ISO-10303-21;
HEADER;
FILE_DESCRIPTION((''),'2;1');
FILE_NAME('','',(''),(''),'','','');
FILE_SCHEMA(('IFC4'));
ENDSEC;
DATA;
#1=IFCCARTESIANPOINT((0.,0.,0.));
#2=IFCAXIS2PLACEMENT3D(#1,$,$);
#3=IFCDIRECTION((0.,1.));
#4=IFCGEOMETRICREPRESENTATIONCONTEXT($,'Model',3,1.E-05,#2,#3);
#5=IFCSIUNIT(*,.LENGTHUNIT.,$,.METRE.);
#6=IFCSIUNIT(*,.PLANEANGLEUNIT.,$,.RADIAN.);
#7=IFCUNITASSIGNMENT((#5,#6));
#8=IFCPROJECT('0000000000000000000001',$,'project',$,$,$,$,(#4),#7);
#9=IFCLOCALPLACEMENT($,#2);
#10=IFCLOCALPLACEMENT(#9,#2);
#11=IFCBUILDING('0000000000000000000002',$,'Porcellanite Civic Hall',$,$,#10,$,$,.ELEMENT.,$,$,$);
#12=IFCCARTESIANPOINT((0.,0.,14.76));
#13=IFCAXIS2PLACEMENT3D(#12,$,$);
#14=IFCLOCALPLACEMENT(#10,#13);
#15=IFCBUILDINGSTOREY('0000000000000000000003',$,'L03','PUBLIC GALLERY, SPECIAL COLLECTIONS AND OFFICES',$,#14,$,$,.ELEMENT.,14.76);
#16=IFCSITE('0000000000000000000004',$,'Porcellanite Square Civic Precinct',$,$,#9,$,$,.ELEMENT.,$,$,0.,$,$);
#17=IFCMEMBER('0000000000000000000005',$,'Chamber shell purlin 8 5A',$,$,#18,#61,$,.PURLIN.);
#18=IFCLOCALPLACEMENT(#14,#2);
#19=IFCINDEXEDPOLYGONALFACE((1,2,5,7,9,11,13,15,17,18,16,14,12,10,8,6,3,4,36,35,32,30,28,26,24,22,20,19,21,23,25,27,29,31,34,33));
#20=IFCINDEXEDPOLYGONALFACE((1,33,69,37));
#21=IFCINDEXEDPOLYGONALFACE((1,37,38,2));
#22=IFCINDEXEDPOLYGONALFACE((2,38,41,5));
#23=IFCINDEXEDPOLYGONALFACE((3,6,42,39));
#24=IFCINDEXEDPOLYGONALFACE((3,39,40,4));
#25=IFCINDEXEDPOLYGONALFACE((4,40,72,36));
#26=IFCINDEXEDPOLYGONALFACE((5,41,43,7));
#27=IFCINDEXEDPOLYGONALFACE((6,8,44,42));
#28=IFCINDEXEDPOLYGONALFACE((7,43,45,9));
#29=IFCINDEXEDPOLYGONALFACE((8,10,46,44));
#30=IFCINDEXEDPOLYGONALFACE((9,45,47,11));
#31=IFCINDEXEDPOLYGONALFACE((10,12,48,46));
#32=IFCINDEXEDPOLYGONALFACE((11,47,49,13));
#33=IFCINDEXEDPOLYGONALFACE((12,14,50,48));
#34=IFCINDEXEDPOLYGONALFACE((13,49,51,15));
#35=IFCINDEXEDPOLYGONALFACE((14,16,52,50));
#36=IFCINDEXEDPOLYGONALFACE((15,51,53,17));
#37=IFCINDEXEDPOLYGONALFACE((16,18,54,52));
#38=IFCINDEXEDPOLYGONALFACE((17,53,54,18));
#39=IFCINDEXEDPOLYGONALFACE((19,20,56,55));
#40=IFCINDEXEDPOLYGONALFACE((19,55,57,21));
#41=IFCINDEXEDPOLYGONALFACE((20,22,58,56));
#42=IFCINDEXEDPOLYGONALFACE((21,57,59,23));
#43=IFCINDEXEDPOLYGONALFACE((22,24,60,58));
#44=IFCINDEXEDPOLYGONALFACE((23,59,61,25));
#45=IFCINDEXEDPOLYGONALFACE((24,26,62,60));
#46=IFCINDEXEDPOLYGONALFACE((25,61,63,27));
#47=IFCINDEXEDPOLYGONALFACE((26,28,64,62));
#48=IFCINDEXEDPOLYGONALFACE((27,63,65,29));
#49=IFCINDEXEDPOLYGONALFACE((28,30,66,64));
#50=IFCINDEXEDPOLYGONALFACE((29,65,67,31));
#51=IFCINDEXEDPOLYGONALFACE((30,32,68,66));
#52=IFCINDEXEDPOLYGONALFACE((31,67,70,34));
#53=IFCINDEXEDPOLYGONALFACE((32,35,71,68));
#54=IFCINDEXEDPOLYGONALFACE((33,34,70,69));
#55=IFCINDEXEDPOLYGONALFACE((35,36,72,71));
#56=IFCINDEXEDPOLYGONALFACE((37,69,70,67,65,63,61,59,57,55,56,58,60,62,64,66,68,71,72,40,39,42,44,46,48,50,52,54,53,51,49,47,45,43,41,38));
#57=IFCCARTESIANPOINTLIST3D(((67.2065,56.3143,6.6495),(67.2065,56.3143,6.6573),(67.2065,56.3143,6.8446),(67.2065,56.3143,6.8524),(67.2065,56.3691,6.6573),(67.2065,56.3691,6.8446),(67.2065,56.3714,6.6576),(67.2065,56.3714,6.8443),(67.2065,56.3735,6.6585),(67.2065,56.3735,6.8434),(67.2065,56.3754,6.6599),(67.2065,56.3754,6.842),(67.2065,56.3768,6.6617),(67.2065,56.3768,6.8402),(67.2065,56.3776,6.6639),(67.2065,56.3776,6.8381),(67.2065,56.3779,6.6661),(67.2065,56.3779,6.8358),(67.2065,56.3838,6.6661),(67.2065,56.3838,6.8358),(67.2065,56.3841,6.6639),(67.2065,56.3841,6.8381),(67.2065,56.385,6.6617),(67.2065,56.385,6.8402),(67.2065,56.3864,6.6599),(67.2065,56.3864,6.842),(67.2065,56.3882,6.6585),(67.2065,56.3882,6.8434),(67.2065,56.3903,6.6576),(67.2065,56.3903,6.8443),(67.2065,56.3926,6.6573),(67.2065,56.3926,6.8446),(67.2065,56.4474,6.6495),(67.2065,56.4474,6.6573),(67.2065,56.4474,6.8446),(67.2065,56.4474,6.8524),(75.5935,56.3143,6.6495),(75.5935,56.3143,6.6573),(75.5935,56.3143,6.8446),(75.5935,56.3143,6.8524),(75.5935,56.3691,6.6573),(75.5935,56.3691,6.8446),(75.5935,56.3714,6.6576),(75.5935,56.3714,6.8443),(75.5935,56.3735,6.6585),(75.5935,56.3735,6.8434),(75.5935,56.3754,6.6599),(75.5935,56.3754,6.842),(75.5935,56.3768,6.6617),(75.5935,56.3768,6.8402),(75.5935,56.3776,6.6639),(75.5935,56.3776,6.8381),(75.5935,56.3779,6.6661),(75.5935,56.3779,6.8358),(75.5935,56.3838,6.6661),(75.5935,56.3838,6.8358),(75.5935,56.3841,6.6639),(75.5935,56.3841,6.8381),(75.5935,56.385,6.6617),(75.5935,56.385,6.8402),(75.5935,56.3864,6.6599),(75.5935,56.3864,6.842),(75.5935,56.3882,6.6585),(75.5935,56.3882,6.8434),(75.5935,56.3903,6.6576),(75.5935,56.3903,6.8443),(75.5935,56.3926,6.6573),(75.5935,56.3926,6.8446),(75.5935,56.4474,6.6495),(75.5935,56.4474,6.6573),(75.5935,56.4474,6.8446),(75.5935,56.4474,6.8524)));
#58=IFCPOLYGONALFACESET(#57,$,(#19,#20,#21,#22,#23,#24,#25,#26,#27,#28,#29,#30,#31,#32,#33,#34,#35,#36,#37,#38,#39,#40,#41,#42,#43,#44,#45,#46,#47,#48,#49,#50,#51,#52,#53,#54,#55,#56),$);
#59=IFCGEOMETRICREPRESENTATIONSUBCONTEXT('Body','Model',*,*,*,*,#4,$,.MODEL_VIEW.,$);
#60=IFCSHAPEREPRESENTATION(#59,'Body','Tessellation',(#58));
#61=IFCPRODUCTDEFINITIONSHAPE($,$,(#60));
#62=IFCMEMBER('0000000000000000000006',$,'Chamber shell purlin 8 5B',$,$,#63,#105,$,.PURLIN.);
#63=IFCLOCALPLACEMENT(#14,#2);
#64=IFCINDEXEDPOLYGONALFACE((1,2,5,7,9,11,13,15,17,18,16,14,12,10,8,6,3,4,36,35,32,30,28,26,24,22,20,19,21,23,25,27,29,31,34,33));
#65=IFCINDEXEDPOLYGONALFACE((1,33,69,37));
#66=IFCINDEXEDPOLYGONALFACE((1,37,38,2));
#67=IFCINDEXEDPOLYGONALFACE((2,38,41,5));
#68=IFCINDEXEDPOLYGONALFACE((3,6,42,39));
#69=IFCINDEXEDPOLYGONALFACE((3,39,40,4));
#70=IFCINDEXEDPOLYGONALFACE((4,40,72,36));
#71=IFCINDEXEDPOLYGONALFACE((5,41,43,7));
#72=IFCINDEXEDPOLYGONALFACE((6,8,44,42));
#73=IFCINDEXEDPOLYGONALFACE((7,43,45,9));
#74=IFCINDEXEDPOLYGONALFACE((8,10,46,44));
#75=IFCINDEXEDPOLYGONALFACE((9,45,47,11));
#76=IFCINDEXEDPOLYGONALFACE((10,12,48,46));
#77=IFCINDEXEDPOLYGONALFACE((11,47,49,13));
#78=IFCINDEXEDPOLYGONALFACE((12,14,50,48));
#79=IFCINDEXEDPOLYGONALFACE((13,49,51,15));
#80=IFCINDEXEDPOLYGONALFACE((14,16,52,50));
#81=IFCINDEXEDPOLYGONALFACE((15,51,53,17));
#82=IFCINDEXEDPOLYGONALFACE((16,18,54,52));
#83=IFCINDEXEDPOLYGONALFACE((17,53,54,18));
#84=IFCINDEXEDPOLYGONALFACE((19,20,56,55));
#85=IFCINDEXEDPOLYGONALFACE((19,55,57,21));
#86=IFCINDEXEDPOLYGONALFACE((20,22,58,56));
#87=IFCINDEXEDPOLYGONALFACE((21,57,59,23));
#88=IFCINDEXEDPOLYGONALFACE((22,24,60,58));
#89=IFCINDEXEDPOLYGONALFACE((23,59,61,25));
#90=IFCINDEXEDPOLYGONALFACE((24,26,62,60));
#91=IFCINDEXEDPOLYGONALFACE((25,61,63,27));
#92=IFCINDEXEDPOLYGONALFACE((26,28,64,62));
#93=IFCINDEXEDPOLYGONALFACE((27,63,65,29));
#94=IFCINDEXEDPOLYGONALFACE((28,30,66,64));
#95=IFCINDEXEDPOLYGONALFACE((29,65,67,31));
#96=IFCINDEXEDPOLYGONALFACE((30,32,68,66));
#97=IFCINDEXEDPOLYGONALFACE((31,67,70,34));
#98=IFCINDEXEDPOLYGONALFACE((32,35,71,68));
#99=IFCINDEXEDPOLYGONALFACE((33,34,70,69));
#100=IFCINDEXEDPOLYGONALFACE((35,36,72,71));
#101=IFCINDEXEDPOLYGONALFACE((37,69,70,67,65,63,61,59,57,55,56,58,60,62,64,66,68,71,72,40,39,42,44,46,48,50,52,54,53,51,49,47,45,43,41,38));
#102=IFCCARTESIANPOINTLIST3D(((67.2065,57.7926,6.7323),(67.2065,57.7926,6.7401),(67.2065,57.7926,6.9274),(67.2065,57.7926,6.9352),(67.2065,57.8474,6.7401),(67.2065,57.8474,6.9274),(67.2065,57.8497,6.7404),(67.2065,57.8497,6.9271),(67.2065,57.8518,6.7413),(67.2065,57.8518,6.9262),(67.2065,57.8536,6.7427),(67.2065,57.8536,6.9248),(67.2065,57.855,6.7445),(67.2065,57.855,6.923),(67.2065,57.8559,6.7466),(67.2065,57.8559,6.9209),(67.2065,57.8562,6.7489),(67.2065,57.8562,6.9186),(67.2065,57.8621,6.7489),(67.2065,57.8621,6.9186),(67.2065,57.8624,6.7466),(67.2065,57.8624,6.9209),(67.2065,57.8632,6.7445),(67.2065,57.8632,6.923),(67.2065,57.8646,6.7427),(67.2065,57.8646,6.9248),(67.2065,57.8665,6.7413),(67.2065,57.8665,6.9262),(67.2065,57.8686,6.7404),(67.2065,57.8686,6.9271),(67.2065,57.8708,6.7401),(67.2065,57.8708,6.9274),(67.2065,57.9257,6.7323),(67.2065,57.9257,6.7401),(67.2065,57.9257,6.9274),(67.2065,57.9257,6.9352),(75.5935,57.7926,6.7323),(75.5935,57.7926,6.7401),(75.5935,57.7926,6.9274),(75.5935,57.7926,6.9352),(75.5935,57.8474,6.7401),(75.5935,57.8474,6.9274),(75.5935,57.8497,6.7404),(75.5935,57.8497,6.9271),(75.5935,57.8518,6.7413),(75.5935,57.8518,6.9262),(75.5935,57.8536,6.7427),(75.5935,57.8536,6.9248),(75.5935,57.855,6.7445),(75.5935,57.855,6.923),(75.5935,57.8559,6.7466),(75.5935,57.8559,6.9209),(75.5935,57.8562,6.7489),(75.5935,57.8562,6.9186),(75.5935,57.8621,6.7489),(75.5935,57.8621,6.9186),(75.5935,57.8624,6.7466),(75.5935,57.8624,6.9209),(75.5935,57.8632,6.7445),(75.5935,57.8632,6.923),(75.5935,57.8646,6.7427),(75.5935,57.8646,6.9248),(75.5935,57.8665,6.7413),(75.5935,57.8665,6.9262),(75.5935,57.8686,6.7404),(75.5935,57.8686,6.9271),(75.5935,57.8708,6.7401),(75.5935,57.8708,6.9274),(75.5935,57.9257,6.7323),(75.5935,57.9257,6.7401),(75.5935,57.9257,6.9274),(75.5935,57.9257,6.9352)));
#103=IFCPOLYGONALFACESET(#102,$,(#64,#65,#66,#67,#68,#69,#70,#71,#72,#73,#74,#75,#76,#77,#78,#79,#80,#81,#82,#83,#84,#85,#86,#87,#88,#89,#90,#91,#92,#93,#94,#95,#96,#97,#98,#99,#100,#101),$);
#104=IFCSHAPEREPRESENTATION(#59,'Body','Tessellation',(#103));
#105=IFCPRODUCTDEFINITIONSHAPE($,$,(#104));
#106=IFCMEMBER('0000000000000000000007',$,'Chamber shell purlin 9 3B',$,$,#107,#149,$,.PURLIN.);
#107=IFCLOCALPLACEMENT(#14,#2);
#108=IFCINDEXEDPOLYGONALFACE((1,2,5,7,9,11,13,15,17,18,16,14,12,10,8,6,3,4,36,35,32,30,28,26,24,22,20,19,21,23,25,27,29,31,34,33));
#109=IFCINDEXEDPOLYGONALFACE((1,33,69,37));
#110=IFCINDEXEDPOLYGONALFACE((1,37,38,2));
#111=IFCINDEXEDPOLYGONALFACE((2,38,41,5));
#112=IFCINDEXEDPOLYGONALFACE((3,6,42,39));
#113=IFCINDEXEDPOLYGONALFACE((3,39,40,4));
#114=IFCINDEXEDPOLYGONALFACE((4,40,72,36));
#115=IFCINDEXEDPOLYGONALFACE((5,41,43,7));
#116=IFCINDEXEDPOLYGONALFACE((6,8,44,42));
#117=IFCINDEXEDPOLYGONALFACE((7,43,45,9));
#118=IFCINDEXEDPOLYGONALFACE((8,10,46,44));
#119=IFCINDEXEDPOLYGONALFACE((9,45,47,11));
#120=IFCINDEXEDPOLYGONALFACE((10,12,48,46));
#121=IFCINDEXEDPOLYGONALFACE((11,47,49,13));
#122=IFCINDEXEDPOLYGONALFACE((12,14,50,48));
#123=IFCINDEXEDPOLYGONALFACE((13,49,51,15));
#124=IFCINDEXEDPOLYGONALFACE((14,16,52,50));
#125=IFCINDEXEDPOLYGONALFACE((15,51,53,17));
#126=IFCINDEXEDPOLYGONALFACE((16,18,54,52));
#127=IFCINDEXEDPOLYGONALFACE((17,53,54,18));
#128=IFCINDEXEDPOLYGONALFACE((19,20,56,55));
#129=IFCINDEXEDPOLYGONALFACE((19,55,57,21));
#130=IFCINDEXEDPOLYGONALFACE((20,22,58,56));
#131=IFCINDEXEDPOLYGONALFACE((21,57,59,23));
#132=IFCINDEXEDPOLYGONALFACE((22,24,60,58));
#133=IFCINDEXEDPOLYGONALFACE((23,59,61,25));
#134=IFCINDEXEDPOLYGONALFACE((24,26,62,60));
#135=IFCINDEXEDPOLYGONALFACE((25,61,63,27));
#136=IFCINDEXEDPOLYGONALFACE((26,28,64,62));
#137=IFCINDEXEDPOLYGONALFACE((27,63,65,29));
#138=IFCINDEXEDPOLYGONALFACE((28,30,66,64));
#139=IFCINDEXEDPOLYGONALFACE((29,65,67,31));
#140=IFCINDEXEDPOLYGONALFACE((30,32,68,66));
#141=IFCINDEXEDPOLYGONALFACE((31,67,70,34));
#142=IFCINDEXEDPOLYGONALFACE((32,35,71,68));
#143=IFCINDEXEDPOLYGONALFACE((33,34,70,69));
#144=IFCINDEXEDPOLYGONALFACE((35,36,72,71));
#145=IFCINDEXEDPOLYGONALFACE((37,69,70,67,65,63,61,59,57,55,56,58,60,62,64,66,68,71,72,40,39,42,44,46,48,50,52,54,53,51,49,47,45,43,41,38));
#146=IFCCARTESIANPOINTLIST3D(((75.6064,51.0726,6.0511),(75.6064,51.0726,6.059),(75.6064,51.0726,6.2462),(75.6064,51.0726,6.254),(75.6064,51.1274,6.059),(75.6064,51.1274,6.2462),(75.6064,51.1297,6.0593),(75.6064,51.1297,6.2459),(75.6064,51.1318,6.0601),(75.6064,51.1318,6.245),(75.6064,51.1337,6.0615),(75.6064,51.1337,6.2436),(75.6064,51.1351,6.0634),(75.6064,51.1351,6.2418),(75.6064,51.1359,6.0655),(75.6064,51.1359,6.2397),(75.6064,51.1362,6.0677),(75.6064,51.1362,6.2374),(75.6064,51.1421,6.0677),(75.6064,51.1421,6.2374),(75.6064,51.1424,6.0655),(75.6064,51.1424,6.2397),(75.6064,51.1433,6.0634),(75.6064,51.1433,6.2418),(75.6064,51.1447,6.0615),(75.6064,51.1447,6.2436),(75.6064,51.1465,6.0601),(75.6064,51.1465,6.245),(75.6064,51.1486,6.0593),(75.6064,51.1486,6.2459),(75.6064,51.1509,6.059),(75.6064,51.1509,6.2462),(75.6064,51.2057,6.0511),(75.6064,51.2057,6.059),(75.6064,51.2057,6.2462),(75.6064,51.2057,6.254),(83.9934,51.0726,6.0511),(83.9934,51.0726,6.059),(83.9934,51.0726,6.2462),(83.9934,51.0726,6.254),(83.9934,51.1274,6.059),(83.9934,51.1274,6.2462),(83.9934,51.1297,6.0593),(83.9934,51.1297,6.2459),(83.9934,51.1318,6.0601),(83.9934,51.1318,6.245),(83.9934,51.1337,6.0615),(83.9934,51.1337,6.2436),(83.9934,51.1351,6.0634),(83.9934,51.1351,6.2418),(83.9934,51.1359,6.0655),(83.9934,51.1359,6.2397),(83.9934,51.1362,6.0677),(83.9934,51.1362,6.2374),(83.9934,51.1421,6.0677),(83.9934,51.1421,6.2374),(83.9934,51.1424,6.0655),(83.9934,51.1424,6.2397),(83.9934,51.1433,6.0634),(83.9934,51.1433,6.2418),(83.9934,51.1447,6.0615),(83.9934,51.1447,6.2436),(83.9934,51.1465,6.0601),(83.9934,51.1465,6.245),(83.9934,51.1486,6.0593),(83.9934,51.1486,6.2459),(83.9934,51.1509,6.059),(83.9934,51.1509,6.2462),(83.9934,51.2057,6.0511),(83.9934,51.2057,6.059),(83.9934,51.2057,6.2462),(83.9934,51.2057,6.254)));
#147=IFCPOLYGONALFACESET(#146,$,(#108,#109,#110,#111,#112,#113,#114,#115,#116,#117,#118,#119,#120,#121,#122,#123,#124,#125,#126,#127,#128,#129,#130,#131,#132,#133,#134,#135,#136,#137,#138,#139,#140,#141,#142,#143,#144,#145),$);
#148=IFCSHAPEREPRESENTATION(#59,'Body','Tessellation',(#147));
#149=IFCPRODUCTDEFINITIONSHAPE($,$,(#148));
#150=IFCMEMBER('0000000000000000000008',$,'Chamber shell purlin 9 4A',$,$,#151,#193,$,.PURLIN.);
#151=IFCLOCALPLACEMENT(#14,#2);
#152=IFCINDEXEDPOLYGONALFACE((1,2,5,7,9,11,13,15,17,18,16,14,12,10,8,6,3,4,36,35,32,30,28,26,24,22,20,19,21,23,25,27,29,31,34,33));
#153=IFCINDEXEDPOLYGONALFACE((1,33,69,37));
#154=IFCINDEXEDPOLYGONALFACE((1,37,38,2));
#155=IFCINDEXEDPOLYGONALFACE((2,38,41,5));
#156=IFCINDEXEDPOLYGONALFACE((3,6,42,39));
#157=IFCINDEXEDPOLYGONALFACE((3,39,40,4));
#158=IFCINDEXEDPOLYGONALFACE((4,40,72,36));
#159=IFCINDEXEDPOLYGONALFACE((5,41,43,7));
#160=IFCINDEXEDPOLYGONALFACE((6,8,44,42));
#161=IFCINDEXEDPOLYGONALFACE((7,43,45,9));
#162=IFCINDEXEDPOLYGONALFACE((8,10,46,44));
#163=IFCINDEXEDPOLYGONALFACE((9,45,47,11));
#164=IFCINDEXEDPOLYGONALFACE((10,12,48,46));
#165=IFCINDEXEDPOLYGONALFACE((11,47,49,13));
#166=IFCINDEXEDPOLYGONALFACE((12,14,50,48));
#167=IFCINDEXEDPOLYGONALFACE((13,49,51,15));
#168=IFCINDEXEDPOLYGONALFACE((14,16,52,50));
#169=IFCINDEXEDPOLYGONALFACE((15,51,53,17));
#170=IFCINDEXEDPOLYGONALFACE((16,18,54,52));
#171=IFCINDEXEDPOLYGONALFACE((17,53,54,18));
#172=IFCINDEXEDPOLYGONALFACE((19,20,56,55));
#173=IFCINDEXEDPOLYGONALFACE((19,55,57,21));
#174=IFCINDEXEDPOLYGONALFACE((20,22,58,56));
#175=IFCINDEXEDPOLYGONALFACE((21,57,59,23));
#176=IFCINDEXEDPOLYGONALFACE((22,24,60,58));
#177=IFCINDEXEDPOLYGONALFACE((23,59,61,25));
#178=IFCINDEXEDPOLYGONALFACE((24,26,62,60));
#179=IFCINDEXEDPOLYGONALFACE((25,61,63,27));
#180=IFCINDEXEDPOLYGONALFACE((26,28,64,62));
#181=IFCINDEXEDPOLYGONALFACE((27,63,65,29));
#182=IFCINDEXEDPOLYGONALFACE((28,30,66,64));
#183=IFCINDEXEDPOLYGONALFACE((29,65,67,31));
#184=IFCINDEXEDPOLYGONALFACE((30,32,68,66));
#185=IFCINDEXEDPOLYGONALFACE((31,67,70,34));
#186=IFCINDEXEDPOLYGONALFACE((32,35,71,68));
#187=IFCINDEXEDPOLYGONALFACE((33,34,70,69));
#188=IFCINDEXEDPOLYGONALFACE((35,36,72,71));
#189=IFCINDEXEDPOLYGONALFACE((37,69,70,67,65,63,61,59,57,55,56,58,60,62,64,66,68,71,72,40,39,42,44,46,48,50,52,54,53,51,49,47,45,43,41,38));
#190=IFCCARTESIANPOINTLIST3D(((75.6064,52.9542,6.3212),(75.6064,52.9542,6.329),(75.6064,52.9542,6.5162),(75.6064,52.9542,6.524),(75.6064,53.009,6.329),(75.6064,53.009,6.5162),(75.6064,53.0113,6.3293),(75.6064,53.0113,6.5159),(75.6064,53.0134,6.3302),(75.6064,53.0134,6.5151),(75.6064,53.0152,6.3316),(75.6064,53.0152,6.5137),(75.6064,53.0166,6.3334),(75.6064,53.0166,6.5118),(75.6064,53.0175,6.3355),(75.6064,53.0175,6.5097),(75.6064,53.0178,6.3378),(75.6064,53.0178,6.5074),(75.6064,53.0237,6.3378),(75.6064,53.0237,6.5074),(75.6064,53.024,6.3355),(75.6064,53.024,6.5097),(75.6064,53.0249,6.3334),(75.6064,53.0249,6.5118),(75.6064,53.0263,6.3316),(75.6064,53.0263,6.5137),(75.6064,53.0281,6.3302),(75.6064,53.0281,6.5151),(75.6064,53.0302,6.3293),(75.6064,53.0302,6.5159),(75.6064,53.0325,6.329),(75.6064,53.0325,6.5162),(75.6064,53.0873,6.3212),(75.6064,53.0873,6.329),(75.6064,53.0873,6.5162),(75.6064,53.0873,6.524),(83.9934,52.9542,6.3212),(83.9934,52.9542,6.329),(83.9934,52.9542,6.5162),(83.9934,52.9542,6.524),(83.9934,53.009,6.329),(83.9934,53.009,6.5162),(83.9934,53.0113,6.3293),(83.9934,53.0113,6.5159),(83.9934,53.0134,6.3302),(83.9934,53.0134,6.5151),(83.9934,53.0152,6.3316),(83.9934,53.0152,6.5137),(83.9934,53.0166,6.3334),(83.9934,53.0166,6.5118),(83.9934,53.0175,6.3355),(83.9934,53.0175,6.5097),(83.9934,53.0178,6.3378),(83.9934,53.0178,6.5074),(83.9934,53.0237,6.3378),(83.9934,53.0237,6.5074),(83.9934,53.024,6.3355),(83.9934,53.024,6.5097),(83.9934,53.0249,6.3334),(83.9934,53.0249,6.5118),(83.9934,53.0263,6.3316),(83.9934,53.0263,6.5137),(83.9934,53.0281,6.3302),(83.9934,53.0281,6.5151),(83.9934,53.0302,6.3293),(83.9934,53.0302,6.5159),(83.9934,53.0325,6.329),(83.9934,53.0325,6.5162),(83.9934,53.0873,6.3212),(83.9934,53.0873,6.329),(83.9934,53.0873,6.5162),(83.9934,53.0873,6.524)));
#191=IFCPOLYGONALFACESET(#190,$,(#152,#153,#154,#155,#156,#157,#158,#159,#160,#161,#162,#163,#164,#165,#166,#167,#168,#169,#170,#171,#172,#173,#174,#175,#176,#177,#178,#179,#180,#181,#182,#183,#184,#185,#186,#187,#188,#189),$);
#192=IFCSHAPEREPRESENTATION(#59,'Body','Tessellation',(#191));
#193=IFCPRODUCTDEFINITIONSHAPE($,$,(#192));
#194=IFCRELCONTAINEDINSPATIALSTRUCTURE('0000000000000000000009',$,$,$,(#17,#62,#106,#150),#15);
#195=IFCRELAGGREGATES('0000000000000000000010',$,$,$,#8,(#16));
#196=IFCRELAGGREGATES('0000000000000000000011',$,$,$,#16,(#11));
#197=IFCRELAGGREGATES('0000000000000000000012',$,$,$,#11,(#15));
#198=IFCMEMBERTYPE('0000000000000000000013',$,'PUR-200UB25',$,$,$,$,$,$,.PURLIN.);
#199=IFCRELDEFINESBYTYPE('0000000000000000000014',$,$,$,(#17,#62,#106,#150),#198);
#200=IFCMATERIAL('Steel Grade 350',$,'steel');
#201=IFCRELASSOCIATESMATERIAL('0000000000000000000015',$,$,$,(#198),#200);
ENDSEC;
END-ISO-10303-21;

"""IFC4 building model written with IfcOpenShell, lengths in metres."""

from ifc_helpers import new_model, si_unit, direction, frame, origin, origin_2d, place, context, subcontext, project, spatial, i_section, extrude, material, material_profile, profile_set, type_object, element, save


model = new_model("IFC4")

# Units and contexts
model_context = context("Model", 3, precision=1e-05, world=origin(), true_north=direction((0.0, 1.0)))
body_context = subcontext(model_context, "Body", "Model", "MODEL_VIEW")
ifc_project = project(units=[si_unit("LENGTHUNIT", "METRE"), si_unit("PLANEANGLEUNIT", "RADIAN")], contexts=[model_context])

# Site, building, storey
site_placement = place(None, origin())
site = spatial("IfcSite", under=ifc_project, at=site_placement, Name="Porcellanite Square Civic Precinct", CompositionType="ELEMENT", RefElevation=0.0)
building_placement = place(site_placement, origin())
building = spatial("IfcBuilding", under=site, at=building_placement, Name="Porcellanite Civic Hall", CompositionType="ELEMENT")
storey_placement = place(building_placement, frame((0.0, 0.0, 14.76)))
storey = spatial("IfcBuildingStorey", under=building, at=storey_placement, Name="L03", Description="PUBLIC GALLERY, SPECIAL COLLECTIONS AND OFFICES", CompositionType="ELEMENT", Elevation=14.76)

# Members
ifc_material_1 = material(Name="Steel Grade 350", Category="steel")
ifc_material_profile_1 = material_profile(ifc_material_1, i_section(OverallWidth=0.1331, OverallDepth=0.2029, WebThickness=0.0059, FlangeThickness=0.0078, FilletRadius=0.0088, at=origin_2d()), Name="200UB25.4")
ifc_profile_set_1 = profile_set([ifc_material_profile_1], Name="Steel Grade 350")
member_type_1 = type_object("IfcMemberType", Name="PUR-200UB25", PredefinedType="PURLIN", material=ifc_profile_set_1)
for number, where, z_axis, x_axis, name in (
    (1, (67.2065, 56.3809, 6.751), (1.0, 0.0, 0.0), (0.0, 1.0, 0.0), "Chamber shell purlin 8 5A"),
    (2, (67.2065, 57.8591, 6.8337), (1.0, 0.0, 0.0), (0.0, 1.0, 0.0), "Chamber shell purlin 8 5B"),
    (3, (75.6064, 51.1392, 6.1526), (1.0, 0.0, 0.0), (0.0, 1.0, 0.0), "Chamber shell purlin 9 3B"),
    (4, (75.6064, 53.0208, 6.4226), (1.0, 0.0, 0.0), (0.0, 1.0, 0.0), "Chamber shell purlin 9 4A"),
):
    element("IfcMember", number, at=place(storey_placement, frame(where, z_axis=z_axis, x_axis=x_axis)), inside=storey, type_object=member_type_1, Name=name, PredefinedType="PURLIN", context=body_context, shape_type="SweptSolid", body=[
        extrude(i_section(OverallWidth=0.1331, OverallDepth=0.2029, WebThickness=0.0059, FlangeThickness=0.0078, FilletRadius=0.0088, at=origin_2d()), origin(), (0.0, 0.0, 1.0), 8.387),
    ])

save(model, "model.ifc")
